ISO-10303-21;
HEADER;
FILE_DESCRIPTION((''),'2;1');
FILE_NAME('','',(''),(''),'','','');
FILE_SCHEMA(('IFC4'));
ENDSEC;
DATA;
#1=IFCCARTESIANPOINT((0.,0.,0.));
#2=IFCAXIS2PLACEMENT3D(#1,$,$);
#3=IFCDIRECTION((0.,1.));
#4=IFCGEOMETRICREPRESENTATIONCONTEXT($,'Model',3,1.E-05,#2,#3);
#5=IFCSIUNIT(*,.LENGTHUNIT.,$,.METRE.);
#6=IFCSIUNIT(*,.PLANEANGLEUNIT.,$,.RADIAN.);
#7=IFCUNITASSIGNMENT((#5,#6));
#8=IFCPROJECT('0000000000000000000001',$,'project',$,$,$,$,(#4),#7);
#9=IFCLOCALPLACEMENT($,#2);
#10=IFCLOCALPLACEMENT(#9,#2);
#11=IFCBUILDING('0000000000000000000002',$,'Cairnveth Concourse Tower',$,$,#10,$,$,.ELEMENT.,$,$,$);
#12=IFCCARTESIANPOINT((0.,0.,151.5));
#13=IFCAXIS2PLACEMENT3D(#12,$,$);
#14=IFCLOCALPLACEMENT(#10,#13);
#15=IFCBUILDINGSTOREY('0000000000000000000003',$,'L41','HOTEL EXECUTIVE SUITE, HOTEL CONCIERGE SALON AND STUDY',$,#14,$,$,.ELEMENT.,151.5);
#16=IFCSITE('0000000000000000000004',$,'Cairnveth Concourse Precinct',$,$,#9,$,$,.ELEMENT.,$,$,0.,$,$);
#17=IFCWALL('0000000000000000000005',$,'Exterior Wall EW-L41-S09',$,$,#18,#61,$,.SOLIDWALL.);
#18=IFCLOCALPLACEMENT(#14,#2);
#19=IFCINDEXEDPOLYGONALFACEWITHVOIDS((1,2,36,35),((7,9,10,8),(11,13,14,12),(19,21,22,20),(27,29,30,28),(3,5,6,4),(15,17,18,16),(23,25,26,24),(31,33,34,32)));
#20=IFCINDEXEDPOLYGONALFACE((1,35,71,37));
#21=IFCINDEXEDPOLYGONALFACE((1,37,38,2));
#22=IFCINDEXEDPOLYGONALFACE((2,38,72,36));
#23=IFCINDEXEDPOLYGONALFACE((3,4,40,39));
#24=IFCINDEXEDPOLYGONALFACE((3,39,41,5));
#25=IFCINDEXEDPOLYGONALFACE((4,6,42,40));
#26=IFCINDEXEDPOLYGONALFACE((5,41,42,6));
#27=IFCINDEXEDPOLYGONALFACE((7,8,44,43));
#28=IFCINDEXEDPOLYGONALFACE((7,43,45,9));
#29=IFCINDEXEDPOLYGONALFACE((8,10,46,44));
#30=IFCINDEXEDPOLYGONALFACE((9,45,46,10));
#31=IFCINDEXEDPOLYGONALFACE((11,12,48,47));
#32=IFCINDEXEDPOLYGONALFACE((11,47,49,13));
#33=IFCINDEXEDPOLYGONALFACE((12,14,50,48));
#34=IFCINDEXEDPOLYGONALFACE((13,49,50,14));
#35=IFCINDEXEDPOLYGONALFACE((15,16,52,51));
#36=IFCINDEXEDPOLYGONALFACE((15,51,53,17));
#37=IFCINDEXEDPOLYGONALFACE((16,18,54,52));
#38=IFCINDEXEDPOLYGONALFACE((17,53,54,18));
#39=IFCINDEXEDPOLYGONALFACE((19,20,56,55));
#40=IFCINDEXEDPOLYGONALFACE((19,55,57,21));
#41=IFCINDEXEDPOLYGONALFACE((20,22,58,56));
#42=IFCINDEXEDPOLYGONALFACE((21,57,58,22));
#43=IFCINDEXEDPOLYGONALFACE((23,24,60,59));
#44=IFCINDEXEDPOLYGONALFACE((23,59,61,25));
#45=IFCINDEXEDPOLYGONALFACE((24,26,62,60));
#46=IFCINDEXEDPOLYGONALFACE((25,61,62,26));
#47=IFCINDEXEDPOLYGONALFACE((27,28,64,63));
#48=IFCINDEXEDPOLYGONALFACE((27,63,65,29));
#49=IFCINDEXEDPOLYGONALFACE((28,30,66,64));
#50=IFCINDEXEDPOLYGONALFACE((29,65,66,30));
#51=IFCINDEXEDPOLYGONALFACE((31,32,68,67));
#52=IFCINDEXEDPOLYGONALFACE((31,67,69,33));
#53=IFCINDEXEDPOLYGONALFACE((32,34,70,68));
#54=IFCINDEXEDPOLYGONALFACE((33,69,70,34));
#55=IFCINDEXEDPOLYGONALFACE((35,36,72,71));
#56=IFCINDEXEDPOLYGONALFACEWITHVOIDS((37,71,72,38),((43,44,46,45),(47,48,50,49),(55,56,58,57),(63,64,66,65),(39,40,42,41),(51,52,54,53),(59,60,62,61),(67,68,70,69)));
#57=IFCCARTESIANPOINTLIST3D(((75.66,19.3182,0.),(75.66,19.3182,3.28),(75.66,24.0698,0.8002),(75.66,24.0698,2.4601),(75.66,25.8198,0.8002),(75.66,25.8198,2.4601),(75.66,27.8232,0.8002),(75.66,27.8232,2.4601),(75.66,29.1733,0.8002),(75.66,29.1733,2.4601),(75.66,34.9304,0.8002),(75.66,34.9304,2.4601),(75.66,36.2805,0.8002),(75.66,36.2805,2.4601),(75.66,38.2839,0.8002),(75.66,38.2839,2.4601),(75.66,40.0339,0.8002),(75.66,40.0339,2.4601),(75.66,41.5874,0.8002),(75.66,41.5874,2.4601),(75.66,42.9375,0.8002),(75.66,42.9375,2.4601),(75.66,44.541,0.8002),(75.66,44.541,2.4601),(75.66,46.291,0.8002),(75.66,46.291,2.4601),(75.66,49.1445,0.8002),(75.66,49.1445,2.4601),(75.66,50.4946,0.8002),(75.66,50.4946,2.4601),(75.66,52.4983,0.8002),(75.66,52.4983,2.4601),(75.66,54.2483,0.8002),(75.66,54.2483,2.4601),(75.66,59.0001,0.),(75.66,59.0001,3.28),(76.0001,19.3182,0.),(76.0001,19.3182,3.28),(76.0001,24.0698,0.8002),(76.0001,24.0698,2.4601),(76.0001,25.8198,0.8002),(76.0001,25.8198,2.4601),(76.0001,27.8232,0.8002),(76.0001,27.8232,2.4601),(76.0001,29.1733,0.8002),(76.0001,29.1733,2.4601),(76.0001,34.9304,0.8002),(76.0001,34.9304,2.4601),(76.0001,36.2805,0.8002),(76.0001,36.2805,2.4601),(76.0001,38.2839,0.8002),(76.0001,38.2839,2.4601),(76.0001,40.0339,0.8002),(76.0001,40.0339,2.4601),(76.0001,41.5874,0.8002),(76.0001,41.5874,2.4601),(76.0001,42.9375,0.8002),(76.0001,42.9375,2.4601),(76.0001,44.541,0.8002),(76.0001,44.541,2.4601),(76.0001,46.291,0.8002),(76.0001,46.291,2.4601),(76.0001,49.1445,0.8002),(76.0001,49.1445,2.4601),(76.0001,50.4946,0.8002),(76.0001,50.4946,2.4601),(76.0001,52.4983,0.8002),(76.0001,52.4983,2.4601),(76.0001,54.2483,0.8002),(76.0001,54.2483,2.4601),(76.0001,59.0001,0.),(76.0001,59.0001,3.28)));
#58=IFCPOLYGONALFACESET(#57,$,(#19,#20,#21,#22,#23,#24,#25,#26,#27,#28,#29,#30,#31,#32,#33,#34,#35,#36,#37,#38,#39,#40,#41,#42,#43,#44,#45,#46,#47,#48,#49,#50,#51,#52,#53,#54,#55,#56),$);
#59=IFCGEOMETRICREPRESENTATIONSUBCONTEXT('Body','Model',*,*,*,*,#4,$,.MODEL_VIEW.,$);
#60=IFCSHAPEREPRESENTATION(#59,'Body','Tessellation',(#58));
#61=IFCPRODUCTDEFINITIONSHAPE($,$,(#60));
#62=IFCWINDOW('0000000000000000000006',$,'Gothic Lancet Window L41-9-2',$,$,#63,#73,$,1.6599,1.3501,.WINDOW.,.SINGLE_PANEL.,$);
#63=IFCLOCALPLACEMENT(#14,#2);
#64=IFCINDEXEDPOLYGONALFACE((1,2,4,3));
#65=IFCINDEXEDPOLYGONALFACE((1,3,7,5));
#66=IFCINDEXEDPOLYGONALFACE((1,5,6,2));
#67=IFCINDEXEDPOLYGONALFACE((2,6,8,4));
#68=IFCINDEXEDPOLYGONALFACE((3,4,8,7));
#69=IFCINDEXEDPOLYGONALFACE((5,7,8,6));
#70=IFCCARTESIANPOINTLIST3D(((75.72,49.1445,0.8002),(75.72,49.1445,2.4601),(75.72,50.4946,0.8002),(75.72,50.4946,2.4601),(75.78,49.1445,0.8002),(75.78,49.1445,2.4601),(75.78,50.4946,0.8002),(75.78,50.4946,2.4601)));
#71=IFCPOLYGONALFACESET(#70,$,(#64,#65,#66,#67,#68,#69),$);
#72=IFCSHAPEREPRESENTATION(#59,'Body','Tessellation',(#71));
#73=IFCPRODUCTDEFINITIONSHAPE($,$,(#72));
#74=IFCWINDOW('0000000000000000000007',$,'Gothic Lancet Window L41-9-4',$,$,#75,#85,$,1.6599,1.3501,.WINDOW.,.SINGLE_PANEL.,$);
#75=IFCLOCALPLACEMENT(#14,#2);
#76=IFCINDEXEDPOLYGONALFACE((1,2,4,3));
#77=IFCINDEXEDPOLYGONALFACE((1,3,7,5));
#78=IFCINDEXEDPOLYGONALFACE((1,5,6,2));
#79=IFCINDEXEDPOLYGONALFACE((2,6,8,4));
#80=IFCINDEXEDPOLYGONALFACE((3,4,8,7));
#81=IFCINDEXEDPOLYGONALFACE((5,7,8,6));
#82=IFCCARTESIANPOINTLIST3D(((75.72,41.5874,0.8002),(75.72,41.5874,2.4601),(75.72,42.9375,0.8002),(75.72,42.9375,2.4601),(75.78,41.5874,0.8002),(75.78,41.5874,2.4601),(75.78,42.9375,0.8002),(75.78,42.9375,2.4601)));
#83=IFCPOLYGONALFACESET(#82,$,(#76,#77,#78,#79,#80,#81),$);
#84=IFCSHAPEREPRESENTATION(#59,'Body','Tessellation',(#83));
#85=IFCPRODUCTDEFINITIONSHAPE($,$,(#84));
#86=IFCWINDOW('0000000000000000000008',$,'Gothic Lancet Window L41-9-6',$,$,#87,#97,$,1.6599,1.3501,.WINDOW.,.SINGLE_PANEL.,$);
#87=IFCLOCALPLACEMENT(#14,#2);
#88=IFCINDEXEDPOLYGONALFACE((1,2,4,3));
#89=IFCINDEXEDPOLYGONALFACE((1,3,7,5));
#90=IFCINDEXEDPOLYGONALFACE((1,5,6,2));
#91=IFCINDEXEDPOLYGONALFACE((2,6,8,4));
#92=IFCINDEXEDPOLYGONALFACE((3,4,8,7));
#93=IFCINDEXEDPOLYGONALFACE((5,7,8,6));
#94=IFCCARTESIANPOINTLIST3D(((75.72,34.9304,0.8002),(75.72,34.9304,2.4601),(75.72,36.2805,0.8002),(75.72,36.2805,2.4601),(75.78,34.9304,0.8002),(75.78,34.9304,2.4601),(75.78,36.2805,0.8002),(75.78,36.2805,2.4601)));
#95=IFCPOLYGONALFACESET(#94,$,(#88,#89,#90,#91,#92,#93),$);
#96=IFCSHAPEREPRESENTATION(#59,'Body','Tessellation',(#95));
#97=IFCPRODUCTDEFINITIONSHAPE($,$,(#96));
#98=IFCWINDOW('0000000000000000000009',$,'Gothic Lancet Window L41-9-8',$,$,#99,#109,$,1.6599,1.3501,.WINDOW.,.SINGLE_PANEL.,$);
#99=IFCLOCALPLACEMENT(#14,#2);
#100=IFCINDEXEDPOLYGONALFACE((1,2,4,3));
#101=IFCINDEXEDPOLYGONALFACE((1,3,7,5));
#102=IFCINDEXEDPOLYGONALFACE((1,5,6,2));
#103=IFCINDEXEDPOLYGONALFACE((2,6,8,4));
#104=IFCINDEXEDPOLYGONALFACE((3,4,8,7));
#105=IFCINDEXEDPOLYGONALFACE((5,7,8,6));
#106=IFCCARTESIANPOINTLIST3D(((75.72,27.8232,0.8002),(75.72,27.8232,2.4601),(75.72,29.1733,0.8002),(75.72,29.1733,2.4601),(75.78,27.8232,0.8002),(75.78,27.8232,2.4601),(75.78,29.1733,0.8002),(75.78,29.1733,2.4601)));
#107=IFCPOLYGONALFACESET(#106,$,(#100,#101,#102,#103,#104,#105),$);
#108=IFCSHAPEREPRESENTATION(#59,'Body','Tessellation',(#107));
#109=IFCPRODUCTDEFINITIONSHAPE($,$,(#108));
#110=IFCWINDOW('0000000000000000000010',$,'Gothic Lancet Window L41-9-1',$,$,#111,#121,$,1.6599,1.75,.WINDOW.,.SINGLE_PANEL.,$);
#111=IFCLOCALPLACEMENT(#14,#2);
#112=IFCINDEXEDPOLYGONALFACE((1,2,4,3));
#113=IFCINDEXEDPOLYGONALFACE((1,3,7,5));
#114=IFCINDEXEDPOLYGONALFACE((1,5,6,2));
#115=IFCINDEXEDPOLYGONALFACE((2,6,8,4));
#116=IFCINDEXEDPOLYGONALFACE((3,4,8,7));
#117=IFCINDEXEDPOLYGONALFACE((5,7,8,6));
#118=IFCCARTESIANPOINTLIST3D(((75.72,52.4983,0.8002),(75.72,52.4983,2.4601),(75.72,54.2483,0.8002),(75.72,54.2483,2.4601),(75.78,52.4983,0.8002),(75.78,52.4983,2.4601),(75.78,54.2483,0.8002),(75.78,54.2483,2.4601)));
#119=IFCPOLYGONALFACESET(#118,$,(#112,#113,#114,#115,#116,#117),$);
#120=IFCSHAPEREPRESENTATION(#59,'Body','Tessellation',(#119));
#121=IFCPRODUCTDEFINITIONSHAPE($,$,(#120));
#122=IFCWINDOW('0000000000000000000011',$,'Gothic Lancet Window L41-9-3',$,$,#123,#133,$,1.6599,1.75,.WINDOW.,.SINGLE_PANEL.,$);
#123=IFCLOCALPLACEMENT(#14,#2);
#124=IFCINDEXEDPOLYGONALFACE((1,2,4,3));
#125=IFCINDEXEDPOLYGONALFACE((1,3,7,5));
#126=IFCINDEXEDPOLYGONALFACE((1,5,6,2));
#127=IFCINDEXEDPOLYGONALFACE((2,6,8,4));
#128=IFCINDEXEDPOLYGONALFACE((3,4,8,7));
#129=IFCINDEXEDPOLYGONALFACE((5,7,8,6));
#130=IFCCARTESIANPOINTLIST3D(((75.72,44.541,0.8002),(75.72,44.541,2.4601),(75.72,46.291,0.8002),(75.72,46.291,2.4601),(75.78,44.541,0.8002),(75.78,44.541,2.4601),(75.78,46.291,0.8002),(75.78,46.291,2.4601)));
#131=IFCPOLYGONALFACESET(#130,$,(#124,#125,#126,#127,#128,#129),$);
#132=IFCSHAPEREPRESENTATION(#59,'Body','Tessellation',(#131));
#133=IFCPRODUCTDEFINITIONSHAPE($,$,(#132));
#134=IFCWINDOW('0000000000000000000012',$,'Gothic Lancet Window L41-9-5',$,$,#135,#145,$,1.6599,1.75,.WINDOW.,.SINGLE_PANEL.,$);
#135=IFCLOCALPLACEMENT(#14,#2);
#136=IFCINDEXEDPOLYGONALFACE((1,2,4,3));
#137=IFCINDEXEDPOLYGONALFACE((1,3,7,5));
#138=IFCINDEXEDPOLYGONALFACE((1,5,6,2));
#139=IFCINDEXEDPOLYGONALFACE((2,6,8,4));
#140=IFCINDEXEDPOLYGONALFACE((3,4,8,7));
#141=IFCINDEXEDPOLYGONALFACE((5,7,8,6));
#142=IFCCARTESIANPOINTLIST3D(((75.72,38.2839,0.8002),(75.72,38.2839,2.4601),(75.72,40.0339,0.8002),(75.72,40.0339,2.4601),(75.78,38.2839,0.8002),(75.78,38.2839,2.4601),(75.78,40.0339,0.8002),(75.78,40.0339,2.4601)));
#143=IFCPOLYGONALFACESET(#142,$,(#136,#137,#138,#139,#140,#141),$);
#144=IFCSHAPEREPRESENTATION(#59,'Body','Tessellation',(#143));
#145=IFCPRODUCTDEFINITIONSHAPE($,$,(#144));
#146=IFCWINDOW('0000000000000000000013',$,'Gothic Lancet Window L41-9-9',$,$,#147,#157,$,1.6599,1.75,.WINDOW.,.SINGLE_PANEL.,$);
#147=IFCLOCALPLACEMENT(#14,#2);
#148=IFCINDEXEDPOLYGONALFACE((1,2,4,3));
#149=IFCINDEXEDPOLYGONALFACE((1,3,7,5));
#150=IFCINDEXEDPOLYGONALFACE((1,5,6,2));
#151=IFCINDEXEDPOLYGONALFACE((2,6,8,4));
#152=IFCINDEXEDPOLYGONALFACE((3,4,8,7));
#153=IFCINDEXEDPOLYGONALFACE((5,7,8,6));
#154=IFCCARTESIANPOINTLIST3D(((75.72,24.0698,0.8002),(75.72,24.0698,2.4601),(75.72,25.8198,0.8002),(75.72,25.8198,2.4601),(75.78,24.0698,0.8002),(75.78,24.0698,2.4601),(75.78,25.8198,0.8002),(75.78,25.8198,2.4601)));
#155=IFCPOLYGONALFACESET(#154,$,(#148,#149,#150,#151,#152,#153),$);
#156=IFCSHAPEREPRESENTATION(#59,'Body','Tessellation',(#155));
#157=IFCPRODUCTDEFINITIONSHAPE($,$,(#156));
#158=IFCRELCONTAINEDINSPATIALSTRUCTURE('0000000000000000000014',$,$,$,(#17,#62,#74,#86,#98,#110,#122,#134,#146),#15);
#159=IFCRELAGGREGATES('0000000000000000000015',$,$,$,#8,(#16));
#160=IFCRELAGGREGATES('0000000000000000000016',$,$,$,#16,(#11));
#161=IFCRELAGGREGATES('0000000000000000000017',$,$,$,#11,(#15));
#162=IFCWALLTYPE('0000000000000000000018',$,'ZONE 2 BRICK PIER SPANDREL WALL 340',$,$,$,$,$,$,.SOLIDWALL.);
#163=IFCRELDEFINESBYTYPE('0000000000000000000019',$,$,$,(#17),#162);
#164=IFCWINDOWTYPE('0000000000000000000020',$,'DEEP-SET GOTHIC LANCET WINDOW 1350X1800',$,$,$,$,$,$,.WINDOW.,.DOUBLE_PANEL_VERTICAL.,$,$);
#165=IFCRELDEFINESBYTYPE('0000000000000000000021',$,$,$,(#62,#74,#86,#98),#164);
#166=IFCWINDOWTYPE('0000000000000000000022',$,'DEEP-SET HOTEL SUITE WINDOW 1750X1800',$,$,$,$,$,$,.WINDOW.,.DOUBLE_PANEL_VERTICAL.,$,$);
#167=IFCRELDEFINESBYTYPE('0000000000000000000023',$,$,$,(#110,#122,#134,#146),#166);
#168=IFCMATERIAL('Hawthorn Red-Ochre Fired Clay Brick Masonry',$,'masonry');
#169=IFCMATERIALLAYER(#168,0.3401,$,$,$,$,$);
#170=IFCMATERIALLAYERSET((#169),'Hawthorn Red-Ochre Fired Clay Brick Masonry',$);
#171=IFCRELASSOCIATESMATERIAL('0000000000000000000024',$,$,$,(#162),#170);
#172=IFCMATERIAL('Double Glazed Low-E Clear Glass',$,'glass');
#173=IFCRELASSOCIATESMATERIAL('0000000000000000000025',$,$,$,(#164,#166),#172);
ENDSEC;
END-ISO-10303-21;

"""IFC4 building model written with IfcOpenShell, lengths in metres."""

from ifc_helpers import new_model, si_unit, direction, frame, frame_2d, origin, place, context, subcontext, project, spatial, rectangle, extrude, material, layer, layer_set, type_object, element, fill, save


model = new_model("IFC4")

# Units and contexts
model_context = context("Model", 3, precision=1e-05, world=origin(), true_north=direction((0.0, 1.0)))
body_context = subcontext(model_context, "Body", "Model", "MODEL_VIEW")
ifc_project = project(units=[si_unit("LENGTHUNIT", "METRE"), si_unit("PLANEANGLEUNIT", "RADIAN")], contexts=[model_context])

# Site, building, storey
site_placement = place(None, origin())
site = spatial("IfcSite", under=ifc_project, at=site_placement, Name="Cairnveth Concourse Precinct", CompositionType="ELEMENT", RefElevation=0.0)
building_placement = place(site_placement, origin())
building = spatial("IfcBuilding", under=site, at=building_placement, Name="Cairnveth Concourse Tower", CompositionType="ELEMENT")
storey_placement = place(building_placement, frame((0.0, 0.0, 151.5)))
storey = spatial("IfcBuildingStorey", under=building, at=storey_placement, Name="L41", Description="HOTEL EXECUTIVE SUITE, HOTEL CONCIERGE SALON AND STUDY", CompositionType="ELEMENT", Elevation=151.5)

# Shared definitions
ifc_material_1 = material(Name="Hawthorn Red-Ochre Fired Clay Brick Masonry", Category="masonry")
ifc_layer_1 = layer(ifc_material_1, 0.3401)
ifc_layer_set_1 = layer_set([ifc_layer_1], Name="Hawthorn Red-Ochre Fired Clay Brick Masonry")
wall_type = type_object("IfcWallType", Name="ZONE 2 BRICK PIER SPANDREL WALL 340", PredefinedType="SOLIDWALL", material=ifc_layer_set_1)

# Wall, openings, windows
wall_1_placement = place(storey_placement, frame((75.8301, 59.0, 0.0), z_axis=(0.0, 0.0, 1.0), x_axis=(0.0, -1.0, 0.0)))
wall_1 = element("IfcWall", 1, at=wall_1_placement, inside=storey, type_object=wall_type, Name="Exterior Wall EW-L41-S09", PredefinedType="SOLIDWALL", context=body_context, shape_type="SweptSolid", body=[
    extrude(rectangle(XDim=39.6819, YDim=0.3401, at=frame_2d((19.8408, 0.0))), origin(), (0.0, 0.0, 1.0), 3.28),
])
opening_1_placement = place(wall_1_placement, frame((4.7517, 0.0, 0.8)))
opening_1 = element("IfcOpeningElement", 2, at=opening_1_placement, cuts=wall_1, PredefinedType="OPENING", context=body_context, shape_type="SweptSolid", body=[
    extrude(rectangle(XDim=1.75, YDim=1.6599, at=frame_2d((0.875, 0.8301))), frame((0.0, 0.1799, 0.0), z_axis=(0.0, -1.0, 0.0), x_axis=(1.0, 0.0, 0.0)), (0.0, 0.0, 1.0), 0.3601),
])
opening_2_placement = place(wall_1_placement, frame((8.5054, 0.0, 0.8)))
opening_2 = element("IfcOpeningElement", 3, at=opening_2_placement, cuts=wall_1, PredefinedType="OPENING", context=body_context, shape_type="SweptSolid", body=[
    extrude(rectangle(XDim=1.3501, YDim=1.6599, at=frame_2d((0.675, 0.8301))), frame((0.0, 0.1799, 0.0), z_axis=(0.0, -1.0, 0.0), x_axis=(1.0, 0.0, 0.0)), (0.0, 0.0, 1.0), 0.3601),
])
opening_3_placement = place(wall_1_placement, frame((12.709, 0.0, 0.8)))
opening_3 = element("IfcOpeningElement", 4, at=opening_3_placement, cuts=wall_1, PredefinedType="OPENING", context=body_context, shape_type="SweptSolid", body=[
    extrude(rectangle(XDim=1.75, YDim=1.6599, at=frame_2d((0.875, 0.8301))), frame((0.0, 0.1799, 0.0), z_axis=(0.0, -1.0, 0.0), x_axis=(1.0, 0.0, 0.0)), (0.0, 0.0, 1.0), 0.3601),
])
opening_4_placement = place(wall_1_placement, frame((16.0625, 0.0, 0.8)))
opening_4 = element("IfcOpeningElement", 5, at=opening_4_placement, cuts=wall_1, PredefinedType="OPENING", context=body_context, shape_type="SweptSolid", body=[
    extrude(rectangle(XDim=1.3501, YDim=1.6599, at=frame_2d((0.675, 0.8301))), frame((0.0, 0.1799, 0.0), z_axis=(0.0, -1.0, 0.0), x_axis=(1.0, 0.0, 0.0)), (0.0, 0.0, 1.0), 0.3601),
])
opening_5_placement = place(wall_1_placement, frame((18.9661, 0.0, 0.8)))
opening_5 = element("IfcOpeningElement", 6, at=opening_5_placement, cuts=wall_1, PredefinedType="OPENING", context=body_context, shape_type="SweptSolid", body=[
    extrude(rectangle(XDim=1.75, YDim=1.6599, at=frame_2d((0.875, 0.8301))), frame((0.0, 0.1799, 0.0), z_axis=(0.0, -1.0, 0.0), x_axis=(1.0, 0.0, 0.0)), (0.0, 0.0, 1.0), 0.3601),
])
opening_6_placement = place(wall_1_placement, frame((22.7195, 0.0, 0.8)))
opening_6 = element("IfcOpeningElement", 7, at=opening_6_placement, cuts=wall_1, PredefinedType="OPENING", context=body_context, shape_type="SweptSolid", body=[
    extrude(rectangle(XDim=1.3501, YDim=1.6599, at=frame_2d((0.675, 0.8301))), frame((0.0, 0.1799, 0.0), z_axis=(0.0, -1.0, 0.0), x_axis=(1.0, 0.0, 0.0)), (0.0, 0.0, 1.0), 0.3601),
])
opening_7_placement = place(wall_1_placement, frame((29.8267, 0.0, 0.8)))
opening_7 = element("IfcOpeningElement", 8, at=opening_7_placement, cuts=wall_1, PredefinedType="OPENING", context=body_context, shape_type="SweptSolid", body=[
    extrude(rectangle(XDim=1.3501, YDim=1.6599, at=frame_2d((0.675, 0.8301))), frame((0.0, 0.1799, 0.0), z_axis=(0.0, -1.0, 0.0), x_axis=(1.0, 0.0, 0.0)), (0.0, 0.0, 1.0), 0.3601),
])
opening_8_placement = place(wall_1_placement, frame((33.1802, 0.0, 0.8)))
opening_8 = element("IfcOpeningElement", 9, at=opening_8_placement, cuts=wall_1, PredefinedType="OPENING", context=body_context, shape_type="SweptSolid", body=[
    extrude(rectangle(XDim=1.75, YDim=1.6599, at=frame_2d((0.875, 0.8301))), frame((0.0, 0.1799, 0.0), z_axis=(0.0, -1.0, 0.0), x_axis=(1.0, 0.0, 0.0)), (0.0, 0.0, 1.0), 0.3601),
])
ifc_material_2 = material(Name="Double Glazed Low-E Clear Glass", Category="glass")
window_type_1 = type_object("IfcWindowType", Name="DEEP-SET GOTHIC LANCET WINDOW 1350X1800", PartitioningType="DOUBLE_PANEL_VERTICAL", PredefinedType="WINDOW", material=ifc_material_2)
window_1_placement = place(opening_2_placement, origin())
window_1 = element("IfcWindow", 10, at=window_1_placement, inside=storey, type_object=window_type_1, Name="Gothic Lancet Window L41-9-2", OverallHeight=1.6599, OverallWidth=1.3501, PartitioningType="SINGLE_PANEL", PredefinedType="WINDOW", context=body_context, shape_type="SweptSolid", body=[
    extrude(rectangle(XDim=1.3501, YDim=1.6599, at=frame_2d((0.675, 0.8301))), frame((0.0, -0.05, 0.0), z_axis=(0.0, -1.0, 0.0), x_axis=(1.0, 0.0, 0.0)), (0.0, 0.0, 1.0), 0.0601),
])
fill(opening_2, window_1)
window_2_placement = place(opening_4_placement, origin())
window_2 = element("IfcWindow", 11, at=window_2_placement, inside=storey, type_object=window_type_1, Name="Gothic Lancet Window L41-9-4", OverallHeight=1.6599, OverallWidth=1.3501, PartitioningType="SINGLE_PANEL", PredefinedType="WINDOW", context=body_context, shape_type="SweptSolid", body=[
    extrude(rectangle(XDim=1.3501, YDim=1.6599, at=frame_2d((0.675, 0.8301))), frame((0.0, -0.05, 0.0), z_axis=(0.0, -1.0, 0.0), x_axis=(1.0, 0.0, 0.0)), (0.0, 0.0, 1.0), 0.0601),
])
fill(opening_4, window_2)
window_3_placement = place(opening_6_placement, origin())
window_3 = element("IfcWindow", 12, at=window_3_placement, inside=storey, type_object=window_type_1, Name="Gothic Lancet Window L41-9-6", OverallHeight=1.6599, OverallWidth=1.3501, PartitioningType="SINGLE_PANEL", PredefinedType="WINDOW", context=body_context, shape_type="SweptSolid", body=[
    extrude(rectangle(XDim=1.3501, YDim=1.6599, at=frame_2d((0.675, 0.8301))), frame((0.0, -0.05, 0.0), z_axis=(0.0, -1.0, 0.0), x_axis=(1.0, 0.0, 0.0)), (0.0, 0.0, 1.0), 0.0601),
])
fill(opening_6, window_3)
window_4_placement = place(opening_7_placement, origin())
window_4 = element("IfcWindow", 13, at=window_4_placement, inside=storey, type_object=window_type_1, Name="Gothic Lancet Window L41-9-8", OverallHeight=1.6599, OverallWidth=1.3501, PartitioningType="SINGLE_PANEL", PredefinedType="WINDOW", context=body_context, shape_type="SweptSolid", body=[
    extrude(rectangle(XDim=1.3501, YDim=1.6599, at=frame_2d((0.675, 0.8301))), frame((0.0, -0.05, 0.0), z_axis=(0.0, -1.0, 0.0), x_axis=(1.0, 0.0, 0.0)), (0.0, 0.0, 1.0), 0.0601),
])
fill(opening_7, window_4)
window_type_2 = type_object("IfcWindowType", Name="DEEP-SET HOTEL SUITE WINDOW 1750X1800", PartitioningType="DOUBLE_PANEL_VERTICAL", PredefinedType="WINDOW", material=ifc_material_2)
window_5_placement = place(opening_1_placement, origin())
window_5 = element("IfcWindow", 14, at=window_5_placement, inside=storey, type_object=window_type_2, Name="Gothic Lancet Window L41-9-1", OverallHeight=1.6599, OverallWidth=1.75, PartitioningType="SINGLE_PANEL", PredefinedType="WINDOW", context=body_context, shape_type="SweptSolid", body=[
    extrude(rectangle(XDim=1.75, YDim=1.6599, at=frame_2d((0.875, 0.8301))), frame((0.0, -0.05, 0.0), z_axis=(0.0, -1.0, 0.0), x_axis=(1.0, 0.0, 0.0)), (0.0, 0.0, 1.0), 0.0601),
])
fill(opening_1, window_5)
window_6_placement = place(opening_3_placement, origin())
window_6 = element("IfcWindow", 15, at=window_6_placement, inside=storey, type_object=window_type_2, Name="Gothic Lancet Window L41-9-3", OverallHeight=1.6599, OverallWidth=1.75, PartitioningType="SINGLE_PANEL", PredefinedType="WINDOW", context=body_context, shape_type="SweptSolid", body=[
    extrude(rectangle(XDim=1.75, YDim=1.6599, at=frame_2d((0.875, 0.8301))), frame((0.0, -0.05, 0.0), z_axis=(0.0, -1.0, 0.0), x_axis=(1.0, 0.0, 0.0)), (0.0, 0.0, 1.0), 0.0601),
])
fill(opening_3, window_6)
window_7_placement = place(opening_5_placement, origin())
window_7 = element("IfcWindow", 16, at=window_7_placement, inside=storey, type_object=window_type_2, Name="Gothic Lancet Window L41-9-5", OverallHeight=1.6599, OverallWidth=1.75, PartitioningType="SINGLE_PANEL", PredefinedType="WINDOW", context=body_context, shape_type="SweptSolid", body=[
    extrude(rectangle(XDim=1.75, YDim=1.6599, at=frame_2d((0.875, 0.8301))), frame((0.0, -0.05, 0.0), z_axis=(0.0, -1.0, 0.0), x_axis=(1.0, 0.0, 0.0)), (0.0, 0.0, 1.0), 0.0601),
])
fill(opening_5, window_7)
window_8_placement = place(opening_8_placement, origin())
window_8 = element("IfcWindow", 17, at=window_8_placement, inside=storey, type_object=window_type_2, Name="Gothic Lancet Window L41-9-9", OverallHeight=1.6599, OverallWidth=1.75, PartitioningType="SINGLE_PANEL", PredefinedType="WINDOW", context=body_context, shape_type="SweptSolid", body=[
    extrude(rectangle(XDim=1.75, YDim=1.6599, at=frame_2d((0.875, 0.8301))), frame((0.0, -0.05, 0.0), z_axis=(0.0, -1.0, 0.0), x_axis=(1.0, 0.0, 0.0)), (0.0, 0.0, 1.0), 0.0601),
])
fill(opening_8, window_8)

save(model, "model.ifc")
